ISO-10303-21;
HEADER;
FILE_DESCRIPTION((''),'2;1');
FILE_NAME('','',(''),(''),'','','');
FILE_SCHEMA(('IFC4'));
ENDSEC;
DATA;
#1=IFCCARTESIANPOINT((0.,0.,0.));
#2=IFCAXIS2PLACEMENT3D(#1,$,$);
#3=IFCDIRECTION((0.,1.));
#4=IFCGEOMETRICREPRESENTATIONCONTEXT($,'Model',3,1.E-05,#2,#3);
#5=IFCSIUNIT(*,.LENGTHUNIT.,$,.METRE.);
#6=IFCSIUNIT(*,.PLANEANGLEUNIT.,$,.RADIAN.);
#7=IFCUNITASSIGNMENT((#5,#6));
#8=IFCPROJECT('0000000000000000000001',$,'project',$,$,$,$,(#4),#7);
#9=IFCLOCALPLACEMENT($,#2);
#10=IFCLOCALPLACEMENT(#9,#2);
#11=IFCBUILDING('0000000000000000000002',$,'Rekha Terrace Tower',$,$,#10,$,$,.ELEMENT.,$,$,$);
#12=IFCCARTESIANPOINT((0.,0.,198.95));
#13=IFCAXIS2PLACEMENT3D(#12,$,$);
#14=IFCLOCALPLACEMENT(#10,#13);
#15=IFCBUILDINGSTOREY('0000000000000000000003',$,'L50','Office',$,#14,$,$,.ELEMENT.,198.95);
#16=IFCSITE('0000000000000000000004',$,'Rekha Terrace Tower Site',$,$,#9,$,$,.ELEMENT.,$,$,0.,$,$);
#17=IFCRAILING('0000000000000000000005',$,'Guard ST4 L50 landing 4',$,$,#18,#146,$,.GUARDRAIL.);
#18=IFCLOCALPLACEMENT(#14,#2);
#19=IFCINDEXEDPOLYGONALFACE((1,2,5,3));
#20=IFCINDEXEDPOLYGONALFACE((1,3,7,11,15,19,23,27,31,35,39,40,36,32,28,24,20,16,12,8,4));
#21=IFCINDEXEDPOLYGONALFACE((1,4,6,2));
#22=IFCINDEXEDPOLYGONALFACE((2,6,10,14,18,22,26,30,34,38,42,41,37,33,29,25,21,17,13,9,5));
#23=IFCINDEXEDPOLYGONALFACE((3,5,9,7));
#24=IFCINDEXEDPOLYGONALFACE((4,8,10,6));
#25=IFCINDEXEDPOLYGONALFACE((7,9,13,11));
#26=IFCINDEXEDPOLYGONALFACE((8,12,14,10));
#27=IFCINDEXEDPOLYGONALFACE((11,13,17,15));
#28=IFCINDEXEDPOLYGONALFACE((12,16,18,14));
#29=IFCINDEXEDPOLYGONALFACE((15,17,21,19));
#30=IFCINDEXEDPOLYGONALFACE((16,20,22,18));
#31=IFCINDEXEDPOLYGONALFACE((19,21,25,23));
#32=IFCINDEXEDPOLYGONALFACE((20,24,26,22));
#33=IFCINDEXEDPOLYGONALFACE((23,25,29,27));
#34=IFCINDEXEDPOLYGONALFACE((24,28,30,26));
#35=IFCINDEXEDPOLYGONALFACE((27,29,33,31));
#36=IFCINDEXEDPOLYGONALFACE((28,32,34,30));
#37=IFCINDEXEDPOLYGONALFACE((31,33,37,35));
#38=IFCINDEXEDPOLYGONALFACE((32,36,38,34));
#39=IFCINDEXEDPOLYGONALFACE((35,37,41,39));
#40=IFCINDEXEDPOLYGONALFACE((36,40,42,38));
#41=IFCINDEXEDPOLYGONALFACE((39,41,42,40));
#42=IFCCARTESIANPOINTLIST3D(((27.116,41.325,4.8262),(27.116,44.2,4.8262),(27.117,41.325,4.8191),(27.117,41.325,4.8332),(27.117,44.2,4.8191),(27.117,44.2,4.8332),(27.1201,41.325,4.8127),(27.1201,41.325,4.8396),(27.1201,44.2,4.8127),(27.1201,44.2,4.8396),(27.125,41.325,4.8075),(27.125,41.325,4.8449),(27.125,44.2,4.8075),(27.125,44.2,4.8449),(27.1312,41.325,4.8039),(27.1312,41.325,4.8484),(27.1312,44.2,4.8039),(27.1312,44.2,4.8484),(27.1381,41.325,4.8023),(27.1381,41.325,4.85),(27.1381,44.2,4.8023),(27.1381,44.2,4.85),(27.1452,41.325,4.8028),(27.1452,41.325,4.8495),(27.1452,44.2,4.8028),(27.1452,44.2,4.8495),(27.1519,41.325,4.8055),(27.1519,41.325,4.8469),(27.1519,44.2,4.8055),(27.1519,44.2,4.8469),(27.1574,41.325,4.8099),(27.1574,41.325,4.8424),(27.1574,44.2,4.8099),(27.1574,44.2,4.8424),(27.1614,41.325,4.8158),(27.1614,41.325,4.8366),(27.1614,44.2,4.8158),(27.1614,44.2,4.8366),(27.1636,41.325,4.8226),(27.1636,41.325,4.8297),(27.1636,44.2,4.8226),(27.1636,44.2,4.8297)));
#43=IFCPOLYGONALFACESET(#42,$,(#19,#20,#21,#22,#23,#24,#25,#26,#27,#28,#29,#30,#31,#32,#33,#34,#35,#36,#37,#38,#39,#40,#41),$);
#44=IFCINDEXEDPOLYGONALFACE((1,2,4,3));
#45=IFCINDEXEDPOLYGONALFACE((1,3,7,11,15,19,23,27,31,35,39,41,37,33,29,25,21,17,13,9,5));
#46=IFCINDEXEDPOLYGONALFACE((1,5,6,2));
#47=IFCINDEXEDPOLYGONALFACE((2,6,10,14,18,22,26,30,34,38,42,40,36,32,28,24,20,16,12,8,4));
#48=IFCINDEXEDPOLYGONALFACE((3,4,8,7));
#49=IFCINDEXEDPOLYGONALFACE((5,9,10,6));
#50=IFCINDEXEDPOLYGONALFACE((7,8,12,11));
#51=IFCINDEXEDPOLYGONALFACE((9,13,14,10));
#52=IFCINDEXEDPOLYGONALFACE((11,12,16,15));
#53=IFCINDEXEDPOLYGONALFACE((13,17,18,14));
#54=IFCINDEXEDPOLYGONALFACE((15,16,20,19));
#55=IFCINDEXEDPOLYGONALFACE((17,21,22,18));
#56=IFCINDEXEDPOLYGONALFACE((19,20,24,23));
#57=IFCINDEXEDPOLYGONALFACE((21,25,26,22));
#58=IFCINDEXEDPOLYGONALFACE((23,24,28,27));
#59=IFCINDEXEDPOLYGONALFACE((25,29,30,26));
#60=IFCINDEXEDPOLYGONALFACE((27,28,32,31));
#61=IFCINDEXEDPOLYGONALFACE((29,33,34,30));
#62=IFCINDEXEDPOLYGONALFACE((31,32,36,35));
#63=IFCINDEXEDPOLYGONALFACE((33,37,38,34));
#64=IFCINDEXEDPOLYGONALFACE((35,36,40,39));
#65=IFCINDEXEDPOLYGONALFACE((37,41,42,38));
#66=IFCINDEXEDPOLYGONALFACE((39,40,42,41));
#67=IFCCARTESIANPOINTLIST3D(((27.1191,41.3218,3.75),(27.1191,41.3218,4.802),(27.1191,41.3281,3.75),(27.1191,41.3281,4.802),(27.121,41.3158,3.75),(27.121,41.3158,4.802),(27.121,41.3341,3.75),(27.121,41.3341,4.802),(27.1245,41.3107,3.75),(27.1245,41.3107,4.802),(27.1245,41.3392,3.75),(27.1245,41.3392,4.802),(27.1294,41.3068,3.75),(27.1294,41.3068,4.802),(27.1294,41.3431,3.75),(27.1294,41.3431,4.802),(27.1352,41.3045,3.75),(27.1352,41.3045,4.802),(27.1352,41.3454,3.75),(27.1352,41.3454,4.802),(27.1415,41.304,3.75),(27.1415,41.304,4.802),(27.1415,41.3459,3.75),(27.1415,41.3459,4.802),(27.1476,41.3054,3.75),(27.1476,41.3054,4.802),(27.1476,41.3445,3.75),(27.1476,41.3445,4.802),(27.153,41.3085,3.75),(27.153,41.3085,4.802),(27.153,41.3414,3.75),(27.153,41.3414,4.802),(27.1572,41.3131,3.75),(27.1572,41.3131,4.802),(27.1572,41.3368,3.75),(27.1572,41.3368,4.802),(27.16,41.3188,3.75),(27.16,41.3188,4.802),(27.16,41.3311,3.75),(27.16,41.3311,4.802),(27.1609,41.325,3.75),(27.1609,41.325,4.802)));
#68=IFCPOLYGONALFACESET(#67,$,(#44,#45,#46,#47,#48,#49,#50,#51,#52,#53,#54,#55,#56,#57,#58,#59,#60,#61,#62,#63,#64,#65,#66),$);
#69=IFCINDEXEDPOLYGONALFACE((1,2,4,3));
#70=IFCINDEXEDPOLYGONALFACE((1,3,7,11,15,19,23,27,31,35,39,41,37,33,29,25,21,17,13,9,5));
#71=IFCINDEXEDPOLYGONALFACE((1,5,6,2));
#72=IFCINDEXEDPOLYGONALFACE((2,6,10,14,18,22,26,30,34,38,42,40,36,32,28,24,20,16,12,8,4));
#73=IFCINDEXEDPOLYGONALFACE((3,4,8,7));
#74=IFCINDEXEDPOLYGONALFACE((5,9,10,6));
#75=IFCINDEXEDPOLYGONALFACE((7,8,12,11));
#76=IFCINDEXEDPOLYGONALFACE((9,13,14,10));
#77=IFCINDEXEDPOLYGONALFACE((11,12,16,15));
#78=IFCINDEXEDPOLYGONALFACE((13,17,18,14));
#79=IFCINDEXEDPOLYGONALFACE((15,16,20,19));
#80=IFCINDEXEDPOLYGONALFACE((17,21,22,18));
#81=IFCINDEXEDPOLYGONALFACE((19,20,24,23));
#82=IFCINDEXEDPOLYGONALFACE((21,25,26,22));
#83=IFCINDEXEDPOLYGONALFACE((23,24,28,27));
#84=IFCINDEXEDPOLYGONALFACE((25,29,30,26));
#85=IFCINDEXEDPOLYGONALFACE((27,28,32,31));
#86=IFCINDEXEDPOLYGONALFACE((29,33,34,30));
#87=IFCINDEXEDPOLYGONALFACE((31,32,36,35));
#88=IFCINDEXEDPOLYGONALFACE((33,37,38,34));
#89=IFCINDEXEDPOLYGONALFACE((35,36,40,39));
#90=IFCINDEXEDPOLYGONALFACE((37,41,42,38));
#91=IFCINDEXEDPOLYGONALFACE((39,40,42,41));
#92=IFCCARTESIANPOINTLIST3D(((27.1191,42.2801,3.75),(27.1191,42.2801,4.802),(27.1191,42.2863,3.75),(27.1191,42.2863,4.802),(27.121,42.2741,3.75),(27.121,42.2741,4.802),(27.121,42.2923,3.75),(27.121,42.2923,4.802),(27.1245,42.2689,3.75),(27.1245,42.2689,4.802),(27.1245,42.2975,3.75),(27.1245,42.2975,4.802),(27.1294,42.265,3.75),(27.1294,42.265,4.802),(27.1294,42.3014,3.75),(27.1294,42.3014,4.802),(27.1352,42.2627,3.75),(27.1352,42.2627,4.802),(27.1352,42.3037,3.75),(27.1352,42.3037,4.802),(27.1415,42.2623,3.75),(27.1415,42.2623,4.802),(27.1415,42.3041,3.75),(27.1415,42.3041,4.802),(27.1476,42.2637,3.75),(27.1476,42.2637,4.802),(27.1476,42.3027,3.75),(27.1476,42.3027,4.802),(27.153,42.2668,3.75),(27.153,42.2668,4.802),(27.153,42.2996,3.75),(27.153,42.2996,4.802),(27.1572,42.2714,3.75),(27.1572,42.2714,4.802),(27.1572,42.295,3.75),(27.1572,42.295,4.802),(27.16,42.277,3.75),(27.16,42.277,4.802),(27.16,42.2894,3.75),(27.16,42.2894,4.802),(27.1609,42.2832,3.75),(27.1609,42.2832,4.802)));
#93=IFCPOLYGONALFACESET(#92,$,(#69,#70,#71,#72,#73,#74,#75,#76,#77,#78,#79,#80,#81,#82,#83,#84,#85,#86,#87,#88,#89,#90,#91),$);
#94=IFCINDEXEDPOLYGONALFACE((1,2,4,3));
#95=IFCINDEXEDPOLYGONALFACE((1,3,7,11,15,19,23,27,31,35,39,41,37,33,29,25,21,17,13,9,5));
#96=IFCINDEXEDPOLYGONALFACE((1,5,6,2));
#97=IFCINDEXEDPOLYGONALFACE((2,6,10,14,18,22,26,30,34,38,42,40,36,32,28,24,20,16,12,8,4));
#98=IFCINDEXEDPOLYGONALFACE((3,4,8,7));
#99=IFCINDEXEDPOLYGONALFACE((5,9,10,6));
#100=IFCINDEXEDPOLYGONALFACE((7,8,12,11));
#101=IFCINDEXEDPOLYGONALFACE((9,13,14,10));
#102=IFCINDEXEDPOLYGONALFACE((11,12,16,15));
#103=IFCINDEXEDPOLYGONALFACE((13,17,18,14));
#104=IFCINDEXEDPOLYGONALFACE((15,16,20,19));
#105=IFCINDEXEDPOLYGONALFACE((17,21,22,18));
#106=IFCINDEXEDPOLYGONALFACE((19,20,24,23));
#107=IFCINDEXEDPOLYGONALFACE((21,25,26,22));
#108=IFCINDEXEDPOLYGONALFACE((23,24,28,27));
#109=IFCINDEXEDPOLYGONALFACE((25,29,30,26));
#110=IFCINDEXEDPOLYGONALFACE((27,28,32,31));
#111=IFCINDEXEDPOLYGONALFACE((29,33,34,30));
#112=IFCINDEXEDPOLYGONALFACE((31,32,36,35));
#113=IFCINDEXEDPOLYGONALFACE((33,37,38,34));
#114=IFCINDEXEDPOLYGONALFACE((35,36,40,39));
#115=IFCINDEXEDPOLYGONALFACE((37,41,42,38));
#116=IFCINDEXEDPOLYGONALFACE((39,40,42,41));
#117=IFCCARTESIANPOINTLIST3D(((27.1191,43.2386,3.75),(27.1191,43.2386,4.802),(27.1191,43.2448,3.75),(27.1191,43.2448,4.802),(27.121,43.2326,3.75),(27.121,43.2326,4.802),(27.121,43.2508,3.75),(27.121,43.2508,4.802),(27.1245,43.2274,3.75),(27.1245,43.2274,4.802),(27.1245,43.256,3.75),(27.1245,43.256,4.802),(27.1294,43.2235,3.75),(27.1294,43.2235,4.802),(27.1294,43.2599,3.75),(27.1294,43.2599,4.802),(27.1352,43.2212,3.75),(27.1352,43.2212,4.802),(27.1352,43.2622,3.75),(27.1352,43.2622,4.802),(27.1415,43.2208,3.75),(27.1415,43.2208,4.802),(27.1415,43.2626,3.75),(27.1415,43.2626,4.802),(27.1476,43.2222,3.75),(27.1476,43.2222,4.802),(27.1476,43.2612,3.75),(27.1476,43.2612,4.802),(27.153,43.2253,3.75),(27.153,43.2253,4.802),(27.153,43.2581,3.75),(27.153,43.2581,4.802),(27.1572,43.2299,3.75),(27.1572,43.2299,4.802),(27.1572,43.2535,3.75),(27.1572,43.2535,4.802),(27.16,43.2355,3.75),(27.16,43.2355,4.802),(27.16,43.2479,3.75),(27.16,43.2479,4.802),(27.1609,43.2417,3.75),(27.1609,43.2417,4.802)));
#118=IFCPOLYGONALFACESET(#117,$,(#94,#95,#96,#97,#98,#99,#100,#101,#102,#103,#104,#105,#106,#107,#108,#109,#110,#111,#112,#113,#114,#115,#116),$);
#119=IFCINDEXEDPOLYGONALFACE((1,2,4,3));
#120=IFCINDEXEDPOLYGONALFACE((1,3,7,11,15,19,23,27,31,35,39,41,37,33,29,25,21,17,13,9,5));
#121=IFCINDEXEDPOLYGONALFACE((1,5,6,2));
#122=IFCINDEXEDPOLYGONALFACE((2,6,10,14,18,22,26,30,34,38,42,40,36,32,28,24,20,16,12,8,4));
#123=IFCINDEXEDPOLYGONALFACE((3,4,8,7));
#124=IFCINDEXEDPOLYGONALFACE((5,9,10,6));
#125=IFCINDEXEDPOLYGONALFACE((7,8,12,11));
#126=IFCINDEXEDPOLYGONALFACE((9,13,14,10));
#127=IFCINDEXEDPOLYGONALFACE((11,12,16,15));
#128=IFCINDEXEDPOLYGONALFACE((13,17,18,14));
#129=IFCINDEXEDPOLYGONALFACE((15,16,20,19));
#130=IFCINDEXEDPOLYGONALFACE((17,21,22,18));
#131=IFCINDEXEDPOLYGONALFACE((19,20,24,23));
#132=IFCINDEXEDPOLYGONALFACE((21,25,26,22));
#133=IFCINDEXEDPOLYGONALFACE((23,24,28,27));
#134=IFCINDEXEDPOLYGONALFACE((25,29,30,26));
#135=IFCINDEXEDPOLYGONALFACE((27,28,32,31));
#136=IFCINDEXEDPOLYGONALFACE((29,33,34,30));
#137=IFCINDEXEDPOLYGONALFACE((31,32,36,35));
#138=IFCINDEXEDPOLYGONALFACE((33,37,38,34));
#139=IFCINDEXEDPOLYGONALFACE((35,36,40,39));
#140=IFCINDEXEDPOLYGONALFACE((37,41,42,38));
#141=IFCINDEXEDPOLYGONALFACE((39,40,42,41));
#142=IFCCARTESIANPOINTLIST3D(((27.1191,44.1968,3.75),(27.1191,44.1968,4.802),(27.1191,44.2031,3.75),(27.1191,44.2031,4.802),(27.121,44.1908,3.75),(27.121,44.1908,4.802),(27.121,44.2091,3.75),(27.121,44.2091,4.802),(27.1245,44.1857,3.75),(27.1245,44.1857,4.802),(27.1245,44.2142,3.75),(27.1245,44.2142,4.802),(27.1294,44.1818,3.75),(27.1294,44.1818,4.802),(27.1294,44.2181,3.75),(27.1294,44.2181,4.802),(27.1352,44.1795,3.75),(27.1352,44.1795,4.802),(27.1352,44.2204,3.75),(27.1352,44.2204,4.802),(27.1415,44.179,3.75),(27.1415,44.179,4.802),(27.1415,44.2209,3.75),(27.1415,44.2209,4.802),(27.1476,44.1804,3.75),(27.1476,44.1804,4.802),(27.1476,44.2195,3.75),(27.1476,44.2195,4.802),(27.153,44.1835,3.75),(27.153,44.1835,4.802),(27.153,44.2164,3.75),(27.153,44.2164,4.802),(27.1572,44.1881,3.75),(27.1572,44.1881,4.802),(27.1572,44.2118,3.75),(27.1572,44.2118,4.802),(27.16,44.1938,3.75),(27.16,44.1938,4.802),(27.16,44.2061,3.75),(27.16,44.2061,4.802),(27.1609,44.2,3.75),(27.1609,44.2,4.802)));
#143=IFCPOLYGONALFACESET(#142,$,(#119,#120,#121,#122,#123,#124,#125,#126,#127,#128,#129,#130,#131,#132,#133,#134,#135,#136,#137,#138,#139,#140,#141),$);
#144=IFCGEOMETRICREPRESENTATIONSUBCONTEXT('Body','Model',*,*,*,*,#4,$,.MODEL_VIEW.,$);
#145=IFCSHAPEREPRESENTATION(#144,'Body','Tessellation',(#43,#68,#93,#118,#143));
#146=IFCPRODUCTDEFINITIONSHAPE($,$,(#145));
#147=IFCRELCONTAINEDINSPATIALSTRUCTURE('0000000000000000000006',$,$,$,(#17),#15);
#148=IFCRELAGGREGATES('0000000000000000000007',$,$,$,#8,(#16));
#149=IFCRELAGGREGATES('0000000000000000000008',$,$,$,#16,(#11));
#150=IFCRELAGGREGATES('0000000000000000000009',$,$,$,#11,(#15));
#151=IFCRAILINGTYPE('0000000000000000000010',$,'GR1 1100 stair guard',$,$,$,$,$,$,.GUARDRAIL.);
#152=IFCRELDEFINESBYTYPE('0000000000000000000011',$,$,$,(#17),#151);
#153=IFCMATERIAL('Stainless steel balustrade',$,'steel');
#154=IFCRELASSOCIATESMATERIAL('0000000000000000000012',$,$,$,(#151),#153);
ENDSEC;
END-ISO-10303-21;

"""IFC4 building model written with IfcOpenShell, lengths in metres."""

from ifc_helpers import new_model, si_unit, direction, frame, origin, origin_2d, place, context, subcontext, project, spatial, circle, extrude, material, type_object, element, save


model = new_model("IFC4")

# Units and contexts
model_context = context("Model", 3, precision=1e-05, world=origin(), true_north=direction((0.0, 1.0)))
body_context = subcontext(model_context, "Body", "Model", "MODEL_VIEW")
ifc_project = project(units=[si_unit("LENGTHUNIT", "METRE"), si_unit("PLANEANGLEUNIT", "RADIAN")], contexts=[model_context])

# Site, building, storey
site_placement = place(None, origin())
site = spatial("IfcSite", under=ifc_project, at=site_placement, Name="Rekha Terrace Tower Site", CompositionType="ELEMENT", RefElevation=0.0)
building_placement = place(site_placement, origin())
building = spatial("IfcBuilding", under=site, at=building_placement, Name="Rekha Terrace Tower", CompositionType="ELEMENT")
storey_placement = place(building_placement, frame((0.0, 0.0, 198.95)))
storey = spatial("IfcBuildingStorey", under=building, at=storey_placement, Name="L50", Description="Office", CompositionType="ELEMENT", Elevation=198.95)

# Railing
ifc_material_1 = material(Name="Stainless steel balustrade", Category="steel")
railing_type_1 = type_object("IfcRailingType", Name="GR1 1100 stair guard", PredefinedType="GUARDRAIL", material=ifc_material_1)
railing_1_placement = place(storey_placement, frame((27.1399, 41.325, 3.75)))
element("IfcRailing", 1, at=railing_1_placement, inside=storey, type_object=railing_type_1, Name="Guard ST4 L50 landing 4", PredefinedType="GUARDRAIL", context=body_context, shape_type="SweptSolid", body=[
    extrude(circle(Radius=0.0239, at=origin_2d()), frame((0.0, 0.0, 1.0762), z_axis=(0.0, 1.0, 0.0), x_axis=(-1.0, 0.0, 0.0)), (0.0, 0.0, 1.0), 2.875),
    extrude(circle(Radius=0.021, at=origin_2d()), origin(), (0.0, 0.0, 1.0), 1.052),
    extrude(circle(Radius=0.021, at=origin_2d()), frame((0.0, 0.9583, 0.0)), (0.0, 0.0, 1.0), 1.052),
    extrude(circle(Radius=0.021, at=origin_2d()), frame((0.0, 1.9167, 0.0)), (0.0, 0.0, 1.0), 1.052),
    extrude(circle(Radius=0.021, at=origin_2d()), frame((0.0, 2.875, 0.0)), (0.0, 0.0, 1.0), 1.052),
])

save(model, "model.ifc")
